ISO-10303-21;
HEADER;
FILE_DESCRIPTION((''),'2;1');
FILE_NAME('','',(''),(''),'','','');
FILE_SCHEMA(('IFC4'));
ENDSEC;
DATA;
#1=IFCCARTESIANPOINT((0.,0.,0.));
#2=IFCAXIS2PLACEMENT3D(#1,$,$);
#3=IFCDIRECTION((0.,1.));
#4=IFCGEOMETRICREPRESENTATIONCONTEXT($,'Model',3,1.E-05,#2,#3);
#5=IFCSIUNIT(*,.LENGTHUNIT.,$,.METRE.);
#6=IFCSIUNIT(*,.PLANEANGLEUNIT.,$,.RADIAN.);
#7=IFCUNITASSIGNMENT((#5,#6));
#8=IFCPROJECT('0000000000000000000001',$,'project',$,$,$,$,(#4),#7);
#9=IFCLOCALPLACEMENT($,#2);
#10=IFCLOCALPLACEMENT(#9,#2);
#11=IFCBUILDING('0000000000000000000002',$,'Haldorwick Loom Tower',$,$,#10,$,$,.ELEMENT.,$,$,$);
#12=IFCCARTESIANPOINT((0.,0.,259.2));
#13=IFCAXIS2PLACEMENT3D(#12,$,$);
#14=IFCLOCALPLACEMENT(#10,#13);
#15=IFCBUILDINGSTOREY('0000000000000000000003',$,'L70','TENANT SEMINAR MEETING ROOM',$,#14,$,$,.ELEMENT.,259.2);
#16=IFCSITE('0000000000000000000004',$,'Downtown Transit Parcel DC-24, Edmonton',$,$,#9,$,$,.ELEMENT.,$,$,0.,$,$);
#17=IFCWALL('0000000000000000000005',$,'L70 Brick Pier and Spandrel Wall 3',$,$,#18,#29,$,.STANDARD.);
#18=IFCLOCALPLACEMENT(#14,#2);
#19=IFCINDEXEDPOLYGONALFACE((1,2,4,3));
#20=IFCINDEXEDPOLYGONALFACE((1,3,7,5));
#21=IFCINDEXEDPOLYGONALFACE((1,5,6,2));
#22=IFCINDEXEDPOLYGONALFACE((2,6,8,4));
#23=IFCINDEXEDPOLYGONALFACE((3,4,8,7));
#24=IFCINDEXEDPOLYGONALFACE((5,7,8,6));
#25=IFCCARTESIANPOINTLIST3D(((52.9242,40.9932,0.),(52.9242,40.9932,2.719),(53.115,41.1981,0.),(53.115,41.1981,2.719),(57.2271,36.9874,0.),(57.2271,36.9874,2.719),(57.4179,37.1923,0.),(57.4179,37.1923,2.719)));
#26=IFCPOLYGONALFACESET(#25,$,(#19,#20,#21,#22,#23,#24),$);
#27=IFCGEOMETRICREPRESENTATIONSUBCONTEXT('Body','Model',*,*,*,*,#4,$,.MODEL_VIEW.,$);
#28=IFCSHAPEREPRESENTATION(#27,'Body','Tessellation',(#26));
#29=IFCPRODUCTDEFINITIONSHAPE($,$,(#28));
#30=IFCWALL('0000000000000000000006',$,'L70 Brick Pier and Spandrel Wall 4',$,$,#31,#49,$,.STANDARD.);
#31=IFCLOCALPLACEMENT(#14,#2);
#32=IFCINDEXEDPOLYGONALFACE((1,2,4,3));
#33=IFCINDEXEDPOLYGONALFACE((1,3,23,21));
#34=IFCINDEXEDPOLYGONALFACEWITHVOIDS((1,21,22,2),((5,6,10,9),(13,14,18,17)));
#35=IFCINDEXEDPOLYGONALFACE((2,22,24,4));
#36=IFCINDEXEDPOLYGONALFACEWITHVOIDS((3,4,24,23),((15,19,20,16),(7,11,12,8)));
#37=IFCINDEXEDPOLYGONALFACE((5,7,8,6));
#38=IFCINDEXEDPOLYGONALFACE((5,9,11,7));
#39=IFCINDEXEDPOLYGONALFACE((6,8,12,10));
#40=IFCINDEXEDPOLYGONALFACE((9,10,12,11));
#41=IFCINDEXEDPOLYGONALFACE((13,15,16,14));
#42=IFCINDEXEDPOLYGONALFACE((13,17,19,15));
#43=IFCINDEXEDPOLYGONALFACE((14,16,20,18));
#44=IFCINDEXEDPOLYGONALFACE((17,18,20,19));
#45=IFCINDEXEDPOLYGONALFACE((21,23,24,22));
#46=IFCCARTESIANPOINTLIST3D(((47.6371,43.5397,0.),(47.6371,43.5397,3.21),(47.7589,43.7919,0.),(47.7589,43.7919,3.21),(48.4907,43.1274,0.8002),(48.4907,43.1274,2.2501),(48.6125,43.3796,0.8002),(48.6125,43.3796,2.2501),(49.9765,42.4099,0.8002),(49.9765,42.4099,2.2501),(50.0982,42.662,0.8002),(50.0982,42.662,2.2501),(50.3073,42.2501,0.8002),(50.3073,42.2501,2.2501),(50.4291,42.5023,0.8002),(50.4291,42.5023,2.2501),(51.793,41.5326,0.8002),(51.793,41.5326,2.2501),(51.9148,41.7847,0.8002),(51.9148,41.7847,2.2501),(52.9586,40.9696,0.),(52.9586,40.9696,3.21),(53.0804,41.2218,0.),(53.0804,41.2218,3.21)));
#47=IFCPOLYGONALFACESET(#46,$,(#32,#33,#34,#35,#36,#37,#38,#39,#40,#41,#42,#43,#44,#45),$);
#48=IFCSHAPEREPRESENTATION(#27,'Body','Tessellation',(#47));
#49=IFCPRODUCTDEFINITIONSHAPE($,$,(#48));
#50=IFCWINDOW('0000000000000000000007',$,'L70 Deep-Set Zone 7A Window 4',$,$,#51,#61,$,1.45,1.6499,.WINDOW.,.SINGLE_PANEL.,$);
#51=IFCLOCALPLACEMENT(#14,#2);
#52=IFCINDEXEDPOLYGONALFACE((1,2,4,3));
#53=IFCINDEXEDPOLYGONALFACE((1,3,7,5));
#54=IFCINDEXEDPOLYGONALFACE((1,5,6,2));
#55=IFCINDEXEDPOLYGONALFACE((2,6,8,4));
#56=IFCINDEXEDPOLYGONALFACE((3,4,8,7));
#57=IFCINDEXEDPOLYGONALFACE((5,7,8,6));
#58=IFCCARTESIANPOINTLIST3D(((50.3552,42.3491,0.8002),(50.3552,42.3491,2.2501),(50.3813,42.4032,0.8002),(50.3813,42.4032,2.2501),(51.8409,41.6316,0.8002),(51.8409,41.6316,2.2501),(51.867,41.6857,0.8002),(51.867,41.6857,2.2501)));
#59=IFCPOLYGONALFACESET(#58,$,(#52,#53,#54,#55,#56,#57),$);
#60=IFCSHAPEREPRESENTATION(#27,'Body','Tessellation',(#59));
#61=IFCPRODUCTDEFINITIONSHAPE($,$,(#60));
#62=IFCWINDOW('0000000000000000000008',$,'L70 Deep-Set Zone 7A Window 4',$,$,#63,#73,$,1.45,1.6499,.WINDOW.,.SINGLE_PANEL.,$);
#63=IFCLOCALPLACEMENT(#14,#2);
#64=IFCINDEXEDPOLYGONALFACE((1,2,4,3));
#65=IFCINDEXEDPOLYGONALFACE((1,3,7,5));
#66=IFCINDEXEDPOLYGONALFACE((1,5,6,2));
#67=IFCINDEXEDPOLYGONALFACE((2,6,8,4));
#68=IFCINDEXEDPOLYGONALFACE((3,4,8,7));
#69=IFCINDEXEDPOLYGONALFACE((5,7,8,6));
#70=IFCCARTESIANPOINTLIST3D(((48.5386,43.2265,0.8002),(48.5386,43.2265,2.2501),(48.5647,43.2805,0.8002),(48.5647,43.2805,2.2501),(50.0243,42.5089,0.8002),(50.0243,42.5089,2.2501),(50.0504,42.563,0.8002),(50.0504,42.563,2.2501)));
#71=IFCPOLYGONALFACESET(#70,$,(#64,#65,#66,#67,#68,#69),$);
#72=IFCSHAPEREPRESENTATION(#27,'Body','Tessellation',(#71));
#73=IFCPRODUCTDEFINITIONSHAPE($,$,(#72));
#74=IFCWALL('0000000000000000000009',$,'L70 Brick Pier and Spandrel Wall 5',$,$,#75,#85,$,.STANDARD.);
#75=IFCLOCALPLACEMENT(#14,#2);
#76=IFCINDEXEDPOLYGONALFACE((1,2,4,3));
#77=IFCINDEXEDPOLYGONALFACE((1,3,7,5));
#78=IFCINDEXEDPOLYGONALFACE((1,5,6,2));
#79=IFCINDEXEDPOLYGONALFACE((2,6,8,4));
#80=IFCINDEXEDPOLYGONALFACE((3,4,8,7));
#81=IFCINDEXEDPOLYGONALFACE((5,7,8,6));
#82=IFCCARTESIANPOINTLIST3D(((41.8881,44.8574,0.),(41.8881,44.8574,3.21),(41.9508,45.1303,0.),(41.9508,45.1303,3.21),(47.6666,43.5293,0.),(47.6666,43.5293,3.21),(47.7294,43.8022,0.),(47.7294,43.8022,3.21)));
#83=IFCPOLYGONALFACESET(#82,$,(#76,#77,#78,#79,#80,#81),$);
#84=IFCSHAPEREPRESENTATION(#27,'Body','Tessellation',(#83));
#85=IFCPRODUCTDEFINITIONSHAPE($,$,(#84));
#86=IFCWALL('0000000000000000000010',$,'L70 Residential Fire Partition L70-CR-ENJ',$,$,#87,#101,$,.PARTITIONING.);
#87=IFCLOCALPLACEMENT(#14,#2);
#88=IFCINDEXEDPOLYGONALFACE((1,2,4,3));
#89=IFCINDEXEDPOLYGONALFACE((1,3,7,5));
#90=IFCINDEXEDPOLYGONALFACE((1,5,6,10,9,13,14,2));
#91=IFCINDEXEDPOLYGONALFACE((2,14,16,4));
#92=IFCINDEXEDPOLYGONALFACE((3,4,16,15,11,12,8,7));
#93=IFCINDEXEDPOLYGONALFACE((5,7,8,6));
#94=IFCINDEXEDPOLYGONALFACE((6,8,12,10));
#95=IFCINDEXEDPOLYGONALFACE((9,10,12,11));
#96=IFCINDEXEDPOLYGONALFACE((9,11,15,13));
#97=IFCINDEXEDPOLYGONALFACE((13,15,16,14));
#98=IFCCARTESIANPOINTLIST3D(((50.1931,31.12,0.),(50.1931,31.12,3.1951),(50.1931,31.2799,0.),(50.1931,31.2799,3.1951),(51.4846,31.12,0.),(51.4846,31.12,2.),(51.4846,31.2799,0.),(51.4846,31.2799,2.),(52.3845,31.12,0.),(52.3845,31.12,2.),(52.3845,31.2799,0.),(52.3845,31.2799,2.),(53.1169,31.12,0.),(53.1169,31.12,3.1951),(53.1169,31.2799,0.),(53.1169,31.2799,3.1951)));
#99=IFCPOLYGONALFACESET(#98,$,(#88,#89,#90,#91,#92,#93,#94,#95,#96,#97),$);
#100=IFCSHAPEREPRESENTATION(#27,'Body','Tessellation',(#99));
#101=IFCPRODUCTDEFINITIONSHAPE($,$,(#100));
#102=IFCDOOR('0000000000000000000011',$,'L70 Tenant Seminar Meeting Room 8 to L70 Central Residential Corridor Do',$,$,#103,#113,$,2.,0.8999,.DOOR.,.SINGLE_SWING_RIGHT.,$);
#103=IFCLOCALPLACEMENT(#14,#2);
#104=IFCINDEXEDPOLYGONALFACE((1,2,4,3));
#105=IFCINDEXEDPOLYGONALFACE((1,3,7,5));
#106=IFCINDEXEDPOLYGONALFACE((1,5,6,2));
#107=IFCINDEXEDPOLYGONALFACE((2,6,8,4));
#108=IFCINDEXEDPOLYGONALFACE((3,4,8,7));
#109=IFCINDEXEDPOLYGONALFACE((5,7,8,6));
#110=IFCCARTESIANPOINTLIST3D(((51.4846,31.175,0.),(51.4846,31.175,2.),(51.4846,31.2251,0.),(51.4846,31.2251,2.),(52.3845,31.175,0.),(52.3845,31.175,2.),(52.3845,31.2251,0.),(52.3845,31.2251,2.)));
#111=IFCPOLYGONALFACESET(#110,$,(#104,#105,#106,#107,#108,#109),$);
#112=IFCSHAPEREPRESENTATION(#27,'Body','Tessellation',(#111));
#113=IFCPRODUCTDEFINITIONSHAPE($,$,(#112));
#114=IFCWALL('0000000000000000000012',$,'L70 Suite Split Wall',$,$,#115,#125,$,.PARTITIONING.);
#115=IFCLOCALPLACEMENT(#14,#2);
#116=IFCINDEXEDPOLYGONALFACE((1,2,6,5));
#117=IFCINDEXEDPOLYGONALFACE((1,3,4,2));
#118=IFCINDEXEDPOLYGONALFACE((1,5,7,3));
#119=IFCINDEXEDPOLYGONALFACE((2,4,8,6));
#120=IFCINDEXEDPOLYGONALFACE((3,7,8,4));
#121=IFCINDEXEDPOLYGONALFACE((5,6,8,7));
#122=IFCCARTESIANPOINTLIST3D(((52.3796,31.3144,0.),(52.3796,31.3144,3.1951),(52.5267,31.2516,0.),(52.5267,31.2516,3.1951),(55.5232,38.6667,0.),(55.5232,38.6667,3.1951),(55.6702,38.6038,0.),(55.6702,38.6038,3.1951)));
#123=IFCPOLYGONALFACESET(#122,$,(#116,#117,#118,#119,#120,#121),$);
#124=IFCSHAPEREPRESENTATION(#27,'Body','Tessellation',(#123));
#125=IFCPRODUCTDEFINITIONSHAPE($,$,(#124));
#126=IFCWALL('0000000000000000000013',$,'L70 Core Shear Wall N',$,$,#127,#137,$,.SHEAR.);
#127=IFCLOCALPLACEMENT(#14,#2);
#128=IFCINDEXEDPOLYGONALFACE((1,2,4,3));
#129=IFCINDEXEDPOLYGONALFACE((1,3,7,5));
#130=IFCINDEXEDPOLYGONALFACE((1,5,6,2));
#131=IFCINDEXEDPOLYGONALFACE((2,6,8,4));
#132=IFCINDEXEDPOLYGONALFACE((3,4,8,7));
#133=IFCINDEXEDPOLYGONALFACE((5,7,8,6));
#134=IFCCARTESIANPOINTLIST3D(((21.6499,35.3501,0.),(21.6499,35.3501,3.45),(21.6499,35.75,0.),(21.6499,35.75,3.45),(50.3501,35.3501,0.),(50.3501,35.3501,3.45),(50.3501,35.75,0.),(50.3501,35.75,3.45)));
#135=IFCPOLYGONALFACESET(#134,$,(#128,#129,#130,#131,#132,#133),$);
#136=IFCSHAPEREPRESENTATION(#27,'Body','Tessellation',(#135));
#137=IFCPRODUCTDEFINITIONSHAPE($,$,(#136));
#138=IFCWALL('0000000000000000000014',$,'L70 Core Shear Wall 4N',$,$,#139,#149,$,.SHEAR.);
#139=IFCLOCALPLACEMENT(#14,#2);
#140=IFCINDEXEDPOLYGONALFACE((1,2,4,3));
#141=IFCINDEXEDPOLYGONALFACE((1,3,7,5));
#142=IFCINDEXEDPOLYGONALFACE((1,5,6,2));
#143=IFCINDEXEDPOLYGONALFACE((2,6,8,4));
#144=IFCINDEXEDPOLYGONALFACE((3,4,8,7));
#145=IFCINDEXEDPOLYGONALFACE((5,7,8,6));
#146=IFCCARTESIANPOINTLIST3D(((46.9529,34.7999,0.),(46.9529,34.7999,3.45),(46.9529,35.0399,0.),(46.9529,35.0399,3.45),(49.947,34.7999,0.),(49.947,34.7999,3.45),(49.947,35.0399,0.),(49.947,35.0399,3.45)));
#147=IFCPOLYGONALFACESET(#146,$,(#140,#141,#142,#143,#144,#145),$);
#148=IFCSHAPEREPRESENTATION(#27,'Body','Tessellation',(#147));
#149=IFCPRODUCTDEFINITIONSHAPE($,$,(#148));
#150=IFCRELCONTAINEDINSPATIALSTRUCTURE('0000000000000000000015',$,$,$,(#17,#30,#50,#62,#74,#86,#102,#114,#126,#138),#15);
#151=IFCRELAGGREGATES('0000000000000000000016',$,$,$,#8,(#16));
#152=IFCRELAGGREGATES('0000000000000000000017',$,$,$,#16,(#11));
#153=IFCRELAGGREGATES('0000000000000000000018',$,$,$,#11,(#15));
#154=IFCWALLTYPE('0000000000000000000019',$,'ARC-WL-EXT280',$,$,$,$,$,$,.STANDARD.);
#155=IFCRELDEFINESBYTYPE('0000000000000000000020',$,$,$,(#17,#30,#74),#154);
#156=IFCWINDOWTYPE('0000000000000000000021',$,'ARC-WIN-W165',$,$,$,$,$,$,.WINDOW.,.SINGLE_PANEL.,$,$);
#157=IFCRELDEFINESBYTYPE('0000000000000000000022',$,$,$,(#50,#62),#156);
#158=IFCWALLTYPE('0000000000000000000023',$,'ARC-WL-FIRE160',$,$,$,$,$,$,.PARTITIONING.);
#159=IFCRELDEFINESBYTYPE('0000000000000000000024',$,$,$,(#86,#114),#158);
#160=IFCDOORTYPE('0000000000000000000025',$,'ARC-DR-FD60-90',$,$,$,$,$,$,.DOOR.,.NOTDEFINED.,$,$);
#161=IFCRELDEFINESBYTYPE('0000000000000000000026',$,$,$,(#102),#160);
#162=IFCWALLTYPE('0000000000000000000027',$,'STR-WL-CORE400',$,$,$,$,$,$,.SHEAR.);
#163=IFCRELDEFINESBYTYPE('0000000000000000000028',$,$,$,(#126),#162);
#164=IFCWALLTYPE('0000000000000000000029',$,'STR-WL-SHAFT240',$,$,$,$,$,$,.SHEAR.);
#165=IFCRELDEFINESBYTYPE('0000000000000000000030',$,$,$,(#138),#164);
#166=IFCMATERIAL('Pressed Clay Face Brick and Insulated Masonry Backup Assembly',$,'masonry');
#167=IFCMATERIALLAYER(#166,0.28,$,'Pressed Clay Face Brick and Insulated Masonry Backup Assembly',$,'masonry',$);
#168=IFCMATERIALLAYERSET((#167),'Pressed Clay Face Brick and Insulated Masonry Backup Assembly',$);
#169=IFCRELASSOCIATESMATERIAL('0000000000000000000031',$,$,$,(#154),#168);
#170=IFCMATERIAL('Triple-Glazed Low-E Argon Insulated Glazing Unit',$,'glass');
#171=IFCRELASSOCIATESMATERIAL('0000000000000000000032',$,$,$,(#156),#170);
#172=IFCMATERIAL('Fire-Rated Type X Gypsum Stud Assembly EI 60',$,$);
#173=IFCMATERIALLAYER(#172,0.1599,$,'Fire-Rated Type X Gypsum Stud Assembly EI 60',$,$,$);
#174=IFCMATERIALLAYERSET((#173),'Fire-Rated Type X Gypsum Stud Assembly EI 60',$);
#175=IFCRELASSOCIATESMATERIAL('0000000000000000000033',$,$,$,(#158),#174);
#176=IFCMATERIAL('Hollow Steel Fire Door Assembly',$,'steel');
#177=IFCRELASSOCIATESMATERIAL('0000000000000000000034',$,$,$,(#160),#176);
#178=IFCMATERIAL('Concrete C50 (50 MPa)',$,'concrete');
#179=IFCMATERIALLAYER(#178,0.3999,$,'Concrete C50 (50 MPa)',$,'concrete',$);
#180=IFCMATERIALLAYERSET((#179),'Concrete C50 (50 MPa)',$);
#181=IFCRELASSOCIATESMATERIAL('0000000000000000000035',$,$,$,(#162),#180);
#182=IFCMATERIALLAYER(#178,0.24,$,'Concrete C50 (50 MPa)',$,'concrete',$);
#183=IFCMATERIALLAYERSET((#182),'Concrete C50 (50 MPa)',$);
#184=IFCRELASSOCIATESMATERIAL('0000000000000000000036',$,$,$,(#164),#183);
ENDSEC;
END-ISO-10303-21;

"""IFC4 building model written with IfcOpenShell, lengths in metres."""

from ifc_helpers import new_model, si_unit, direction, frame, frame_2d, origin, place, context, subcontext, project, spatial, rectangle, extrude, material, layer, layer_set, type_object, element, fill, save


model = new_model("IFC4")

# Units and contexts
model_context = context("Model", 3, precision=1e-05, world=origin(), true_north=direction((0.0, 1.0)))
body_context = subcontext(model_context, "Body", "Model", "MODEL_VIEW")
ifc_project = project(units=[si_unit("LENGTHUNIT", "METRE"), si_unit("PLANEANGLEUNIT", "RADIAN")], contexts=[model_context])

# Site, building, storey
site_placement = place(None, origin())
site = spatial("IfcSite", under=ifc_project, at=site_placement, Name="Downtown Transit Parcel DC-24, Edmonton", CompositionType="ELEMENT", RefElevation=0.0)
building_placement = place(site_placement, origin())
building = spatial("IfcBuilding", under=site, at=building_placement, Name="Haldorwick Loom Tower", CompositionType="ELEMENT")
storey_placement = place(building_placement, frame((0.0, 0.0, 259.2)))
storey = spatial("IfcBuildingStorey", under=building, at=storey_placement, Name="L70", Description="TENANT SEMINAR MEETING ROOM", CompositionType="ELEMENT", Elevation=259.2)

# Wall
ifc_material_1 = material(Name="Pressed Clay Face Brick and Insulated Masonry Backup Assembly", Category="masonry")
ifc_layer_1 = layer(ifc_material_1, 0.28, Name="Pressed Clay Face Brick and Insulated Masonry Backup Assembly", Category="masonry")
ifc_layer_set_1 = layer_set([ifc_layer_1], Name="Pressed Clay Face Brick and Insulated Masonry Backup Assembly")
wall_type_1 = type_object("IfcWallType", Name="ARC-WL-EXT280", PredefinedType="STANDARD", material=ifc_layer_set_1)
wall_1_placement = place(storey_placement, frame((57.3225, 37.0898, 0.0), z_axis=(0.0, 0.0, 1.0), x_axis=(-0.731925, 0.681386, 0.0)))
element("IfcWall", 1, at=wall_1_placement, inside=storey, type_object=wall_type_1, Name="L70 Brick Pier and Spandrel Wall 3", PredefinedType="STANDARD", context=body_context, shape_type="SweptSolid", body=[
    extrude(rectangle(XDim=5.8789, YDim=0.28, at=frame_2d((2.9395, 0.0))), origin(), (0.0, 0.0, 1.0), 2.719),
])

# Wall, openings, windows
wall_2_placement = place(storey_placement, frame((53.0195, 41.0957, 0.0), z_axis=(0.0, 0.0, 1.0), x_axis=(-0.900482, 0.434893, 0.0)))
wall_2 = element("IfcWall", 2, at=wall_2_placement, inside=storey, type_object=wall_type_1, Name="L70 Brick Pier and Spandrel Wall 4", PredefinedType="STANDARD", context=body_context, shape_type="SweptSolid", body=[
    extrude(rectangle(XDim=5.9097, YDim=0.28, at=frame_2d((2.9548, 0.0))), origin(), (0.0, 0.0, 1.0), 3.21),
])
opening_1_placement = place(wall_2_placement, frame((1.2944, 0.0, 0.8)))
opening_1 = element("IfcOpeningElement", 3, at=opening_1_placement, cuts=wall_2, PredefinedType="OPENING", context=body_context, shape_type="SweptSolid", body=[
    extrude(rectangle(XDim=1.6499, YDim=1.45, at=frame_2d((0.825, 0.7251))), frame((0.0, 0.1499, 0.0), z_axis=(0.0, -1.0, 0.0), x_axis=(1.0, 0.0, 0.0)), (0.0, 0.0, 1.0), 0.3),
])
opening_2_placement = place(wall_2_placement, frame((3.3118, 0.0, 0.8)))
opening_2 = element("IfcOpeningElement", 4, at=opening_2_placement, cuts=wall_2, PredefinedType="OPENING", context=body_context, shape_type="SweptSolid", body=[
    extrude(rectangle(XDim=1.6499, YDim=1.45, at=frame_2d((0.825, 0.7251))), frame((0.0, 0.1499, 0.0), z_axis=(0.0, -1.0, 0.0), x_axis=(1.0, 0.0, 0.0)), (0.0, 0.0, 1.0), 0.3),
])
ifc_material_2 = material(Name="Triple-Glazed Low-E Argon Insulated Glazing Unit", Category="glass")
window_type = type_object("IfcWindowType", Name="ARC-WIN-W165", PartitioningType="SINGLE_PANEL", PredefinedType="WINDOW", material=ifc_material_2)
window_1_placement = place(opening_1_placement, origin())
window_1 = element("IfcWindow", 5, at=window_1_placement, inside=storey, type_object=window_type, Name="L70 Deep-Set Zone 7A Window 4", OverallHeight=1.45, OverallWidth=1.6499, PartitioningType="SINGLE_PANEL", PredefinedType="WINDOW", context=body_context, shape_type="SweptSolid", body=[
    extrude(rectangle(XDim=1.6499, YDim=1.45, at=frame_2d((0.825, 0.7251))), frame((0.0, 0.03, 0.0), z_axis=(0.0, -1.0, 0.0), x_axis=(1.0, 0.0, 0.0)), (0.0, 0.0, 1.0), 0.0601),
])
fill(opening_1, window_1)
window_2_placement = place(opening_2_placement, origin())
window_2 = element("IfcWindow", 6, at=window_2_placement, inside=storey, type_object=window_type, Name="L70 Deep-Set Zone 7A Window 4", OverallHeight=1.45, OverallWidth=1.6499, PartitioningType="SINGLE_PANEL", PredefinedType="WINDOW", context=body_context, shape_type="SweptSolid", body=[
    extrude(rectangle(XDim=1.6499, YDim=1.45, at=frame_2d((0.825, 0.7251))), frame((0.0, 0.03, 0.0), z_axis=(0.0, -1.0, 0.0), x_axis=(1.0, 0.0, 0.0)), (0.0, 0.0, 1.0), 0.0601),
])
fill(opening_2, window_2)

# Wall
wall_3_placement = place(storey_placement, frame((47.698, 43.6658, 0.0), z_axis=(0.0, 0.0, 1.0), x_axis=(-0.97459, 0.223996, 0.0)))
element("IfcWall", 7, at=wall_3_placement, inside=storey, type_object=wall_type_1, Name="L70 Brick Pier and Spandrel Wall 5", PredefinedType="STANDARD", context=body_context, shape_type="SweptSolid", body=[
    extrude(rectangle(XDim=5.9292, YDim=0.28, at=frame_2d((2.9646, 0.0))), origin(), (0.0, 0.0, 1.0), 3.21),
])

# Wall, opening, door
ifc_material_3 = material(Name="Fire-Rated Type X Gypsum Stud Assembly EI 60")
ifc_layer_2 = layer(ifc_material_3, 0.1599, Name="Fire-Rated Type X Gypsum Stud Assembly EI 60")
ifc_layer_set_2 = layer_set([ifc_layer_2], Name="Fire-Rated Type X Gypsum Stud Assembly EI 60")
wall_type_2 = type_object("IfcWallType", Name="ARC-WL-FIRE160", PredefinedType="PARTITIONING", material=ifc_layer_set_2)
wall_4_placement = place(storey_placement, frame((50.1931, 31.2, 0.0), z_axis=(0.0, 0.0, 1.0), x_axis=(1.0, 0.0, 0.0)))
wall_4 = element("IfcWall", 8, at=wall_4_placement, inside=storey, type_object=wall_type_2, Name="L70 Residential Fire Partition L70-CR-ENJ", PredefinedType="PARTITIONING", context=body_context, shape_type="SweptSolid", body=[
    extrude(rectangle(XDim=2.9238, YDim=0.1599, at=frame_2d((1.4619, 0.0))), origin(), (0.0, 0.0, 1.0), 3.1951),
])
opening_3_placement = place(wall_4_placement, frame((1.2915, 0.0, 0.0)))
opening_3 = element("IfcOpeningElement", 9, at=opening_3_placement, cuts=wall_4, PredefinedType="OPENING", context=body_context, shape_type="SweptSolid", body=[
    extrude(rectangle(XDim=0.8999, YDim=2.0, at=frame_2d((0.45, 1.0))), frame((0.0, 0.0898, 0.0), z_axis=(0.0, -1.0, 0.0), x_axis=(1.0, 0.0, 0.0)), (0.0, 0.0, 1.0), 0.1799),
])
ifc_material_4 = material(Name="Hollow Steel Fire Door Assembly", Category="steel")
door_type = type_object("IfcDoorType", Name="ARC-DR-FD60-90", OperationType="NOTDEFINED", PredefinedType="DOOR", material=ifc_material_4)
door_placement = place(opening_3_placement, frame((0.8999, 0.0, 0.0), z_axis=(0.0, 0.0, 1.0), x_axis=(-1.0, 0.0, 0.0)))
door = element("IfcDoor", 10, at=door_placement, inside=storey, type_object=door_type, Name="L70 Tenant Seminar Meeting Room 8 to L70 Central Residential Corridor Do", OperationType="SINGLE_SWING_RIGHT", OverallHeight=2.0, OverallWidth=0.8999, PredefinedType="DOOR", context=body_context, shape_type="SweptSolid", body=[
    extrude(rectangle(XDim=0.8999, YDim=2.0, at=frame_2d((0.45, 1.0))), frame((0.0, 0.0249, 0.0), z_axis=(0.0, -1.0, 0.0), x_axis=(1.0, 0.0, 0.0)), (0.0, 0.0, 1.0), 0.05),
])
fill(opening_3, door)

# Walls
wall_5_placement = place(storey_placement, frame((55.5967, 38.6353, 0.0), z_axis=(0.0, 0.0, 1.0), x_axis=(-0.393134, -0.919481, 0.0)))
element("IfcWall", 11, at=wall_5_placement, inside=storey, type_object=wall_type_2, Name="L70 Suite Split Wall", PredefinedType="PARTITIONING", context=body_context, shape_type="SweptSolid", body=[
    extrude(rectangle(XDim=7.9961, YDim=0.1599, at=frame_2d((3.998, 0.0))), origin(), (0.0, 0.0, 1.0), 3.1951),
])
ifc_material_5 = material(Name="Concrete C50 (50 MPa)", Category="concrete")
ifc_layer_3 = layer(ifc_material_5, 0.3999, Name="Concrete C50 (50 MPa)", Category="concrete")
ifc_layer_set_3 = layer_set([ifc_layer_3], Name="Concrete C50 (50 MPa)")
wall_type_3 = type_object("IfcWallType", Name="STR-WL-CORE400", PredefinedType="SHEAR", material=ifc_layer_set_3)
wall_6_placement = place(storey_placement, frame((50.3501, 35.55, 0.0), z_axis=(0.0, 0.0, 1.0), x_axis=(-1.0, 0.0, 0.0)))
element("IfcWall", 12, at=wall_6_placement, inside=storey, type_object=wall_type_3, Name="L70 Core Shear Wall N", PredefinedType="SHEAR", context=body_context, shape_type="SweptSolid", body=[
    extrude(rectangle(XDim=28.7002, YDim=0.3999, at=frame_2d((14.3501, 0.0))), origin(), (0.0, 0.0, 1.0), 3.45),
])
ifc_layer_4 = layer(ifc_material_5, 0.24, Name="Concrete C50 (50 MPa)", Category="concrete")
ifc_layer_set_4 = layer_set([ifc_layer_4], Name="Concrete C50 (50 MPa)")
wall_type_4 = type_object("IfcWallType", Name="STR-WL-SHAFT240", PredefinedType="SHEAR", material=ifc_layer_set_4)
wall_7_placement = place(storey_placement, frame((46.9529, 34.9199, 0.0), z_axis=(0.0, 0.0, 1.0), x_axis=(1.0, 0.0, 0.0)))
element("IfcWall", 13, at=wall_7_placement, inside=storey, type_object=wall_type_4, Name="L70 Core Shear Wall 4N", PredefinedType="SHEAR", context=body_context, shape_type="SweptSolid", body=[
    extrude(rectangle(XDim=2.9941, YDim=0.24, at=frame_2d((1.4971, 0.0))), origin(), (0.0, 0.0, 1.0), 3.45),
])

save(model, "model.ifc")
